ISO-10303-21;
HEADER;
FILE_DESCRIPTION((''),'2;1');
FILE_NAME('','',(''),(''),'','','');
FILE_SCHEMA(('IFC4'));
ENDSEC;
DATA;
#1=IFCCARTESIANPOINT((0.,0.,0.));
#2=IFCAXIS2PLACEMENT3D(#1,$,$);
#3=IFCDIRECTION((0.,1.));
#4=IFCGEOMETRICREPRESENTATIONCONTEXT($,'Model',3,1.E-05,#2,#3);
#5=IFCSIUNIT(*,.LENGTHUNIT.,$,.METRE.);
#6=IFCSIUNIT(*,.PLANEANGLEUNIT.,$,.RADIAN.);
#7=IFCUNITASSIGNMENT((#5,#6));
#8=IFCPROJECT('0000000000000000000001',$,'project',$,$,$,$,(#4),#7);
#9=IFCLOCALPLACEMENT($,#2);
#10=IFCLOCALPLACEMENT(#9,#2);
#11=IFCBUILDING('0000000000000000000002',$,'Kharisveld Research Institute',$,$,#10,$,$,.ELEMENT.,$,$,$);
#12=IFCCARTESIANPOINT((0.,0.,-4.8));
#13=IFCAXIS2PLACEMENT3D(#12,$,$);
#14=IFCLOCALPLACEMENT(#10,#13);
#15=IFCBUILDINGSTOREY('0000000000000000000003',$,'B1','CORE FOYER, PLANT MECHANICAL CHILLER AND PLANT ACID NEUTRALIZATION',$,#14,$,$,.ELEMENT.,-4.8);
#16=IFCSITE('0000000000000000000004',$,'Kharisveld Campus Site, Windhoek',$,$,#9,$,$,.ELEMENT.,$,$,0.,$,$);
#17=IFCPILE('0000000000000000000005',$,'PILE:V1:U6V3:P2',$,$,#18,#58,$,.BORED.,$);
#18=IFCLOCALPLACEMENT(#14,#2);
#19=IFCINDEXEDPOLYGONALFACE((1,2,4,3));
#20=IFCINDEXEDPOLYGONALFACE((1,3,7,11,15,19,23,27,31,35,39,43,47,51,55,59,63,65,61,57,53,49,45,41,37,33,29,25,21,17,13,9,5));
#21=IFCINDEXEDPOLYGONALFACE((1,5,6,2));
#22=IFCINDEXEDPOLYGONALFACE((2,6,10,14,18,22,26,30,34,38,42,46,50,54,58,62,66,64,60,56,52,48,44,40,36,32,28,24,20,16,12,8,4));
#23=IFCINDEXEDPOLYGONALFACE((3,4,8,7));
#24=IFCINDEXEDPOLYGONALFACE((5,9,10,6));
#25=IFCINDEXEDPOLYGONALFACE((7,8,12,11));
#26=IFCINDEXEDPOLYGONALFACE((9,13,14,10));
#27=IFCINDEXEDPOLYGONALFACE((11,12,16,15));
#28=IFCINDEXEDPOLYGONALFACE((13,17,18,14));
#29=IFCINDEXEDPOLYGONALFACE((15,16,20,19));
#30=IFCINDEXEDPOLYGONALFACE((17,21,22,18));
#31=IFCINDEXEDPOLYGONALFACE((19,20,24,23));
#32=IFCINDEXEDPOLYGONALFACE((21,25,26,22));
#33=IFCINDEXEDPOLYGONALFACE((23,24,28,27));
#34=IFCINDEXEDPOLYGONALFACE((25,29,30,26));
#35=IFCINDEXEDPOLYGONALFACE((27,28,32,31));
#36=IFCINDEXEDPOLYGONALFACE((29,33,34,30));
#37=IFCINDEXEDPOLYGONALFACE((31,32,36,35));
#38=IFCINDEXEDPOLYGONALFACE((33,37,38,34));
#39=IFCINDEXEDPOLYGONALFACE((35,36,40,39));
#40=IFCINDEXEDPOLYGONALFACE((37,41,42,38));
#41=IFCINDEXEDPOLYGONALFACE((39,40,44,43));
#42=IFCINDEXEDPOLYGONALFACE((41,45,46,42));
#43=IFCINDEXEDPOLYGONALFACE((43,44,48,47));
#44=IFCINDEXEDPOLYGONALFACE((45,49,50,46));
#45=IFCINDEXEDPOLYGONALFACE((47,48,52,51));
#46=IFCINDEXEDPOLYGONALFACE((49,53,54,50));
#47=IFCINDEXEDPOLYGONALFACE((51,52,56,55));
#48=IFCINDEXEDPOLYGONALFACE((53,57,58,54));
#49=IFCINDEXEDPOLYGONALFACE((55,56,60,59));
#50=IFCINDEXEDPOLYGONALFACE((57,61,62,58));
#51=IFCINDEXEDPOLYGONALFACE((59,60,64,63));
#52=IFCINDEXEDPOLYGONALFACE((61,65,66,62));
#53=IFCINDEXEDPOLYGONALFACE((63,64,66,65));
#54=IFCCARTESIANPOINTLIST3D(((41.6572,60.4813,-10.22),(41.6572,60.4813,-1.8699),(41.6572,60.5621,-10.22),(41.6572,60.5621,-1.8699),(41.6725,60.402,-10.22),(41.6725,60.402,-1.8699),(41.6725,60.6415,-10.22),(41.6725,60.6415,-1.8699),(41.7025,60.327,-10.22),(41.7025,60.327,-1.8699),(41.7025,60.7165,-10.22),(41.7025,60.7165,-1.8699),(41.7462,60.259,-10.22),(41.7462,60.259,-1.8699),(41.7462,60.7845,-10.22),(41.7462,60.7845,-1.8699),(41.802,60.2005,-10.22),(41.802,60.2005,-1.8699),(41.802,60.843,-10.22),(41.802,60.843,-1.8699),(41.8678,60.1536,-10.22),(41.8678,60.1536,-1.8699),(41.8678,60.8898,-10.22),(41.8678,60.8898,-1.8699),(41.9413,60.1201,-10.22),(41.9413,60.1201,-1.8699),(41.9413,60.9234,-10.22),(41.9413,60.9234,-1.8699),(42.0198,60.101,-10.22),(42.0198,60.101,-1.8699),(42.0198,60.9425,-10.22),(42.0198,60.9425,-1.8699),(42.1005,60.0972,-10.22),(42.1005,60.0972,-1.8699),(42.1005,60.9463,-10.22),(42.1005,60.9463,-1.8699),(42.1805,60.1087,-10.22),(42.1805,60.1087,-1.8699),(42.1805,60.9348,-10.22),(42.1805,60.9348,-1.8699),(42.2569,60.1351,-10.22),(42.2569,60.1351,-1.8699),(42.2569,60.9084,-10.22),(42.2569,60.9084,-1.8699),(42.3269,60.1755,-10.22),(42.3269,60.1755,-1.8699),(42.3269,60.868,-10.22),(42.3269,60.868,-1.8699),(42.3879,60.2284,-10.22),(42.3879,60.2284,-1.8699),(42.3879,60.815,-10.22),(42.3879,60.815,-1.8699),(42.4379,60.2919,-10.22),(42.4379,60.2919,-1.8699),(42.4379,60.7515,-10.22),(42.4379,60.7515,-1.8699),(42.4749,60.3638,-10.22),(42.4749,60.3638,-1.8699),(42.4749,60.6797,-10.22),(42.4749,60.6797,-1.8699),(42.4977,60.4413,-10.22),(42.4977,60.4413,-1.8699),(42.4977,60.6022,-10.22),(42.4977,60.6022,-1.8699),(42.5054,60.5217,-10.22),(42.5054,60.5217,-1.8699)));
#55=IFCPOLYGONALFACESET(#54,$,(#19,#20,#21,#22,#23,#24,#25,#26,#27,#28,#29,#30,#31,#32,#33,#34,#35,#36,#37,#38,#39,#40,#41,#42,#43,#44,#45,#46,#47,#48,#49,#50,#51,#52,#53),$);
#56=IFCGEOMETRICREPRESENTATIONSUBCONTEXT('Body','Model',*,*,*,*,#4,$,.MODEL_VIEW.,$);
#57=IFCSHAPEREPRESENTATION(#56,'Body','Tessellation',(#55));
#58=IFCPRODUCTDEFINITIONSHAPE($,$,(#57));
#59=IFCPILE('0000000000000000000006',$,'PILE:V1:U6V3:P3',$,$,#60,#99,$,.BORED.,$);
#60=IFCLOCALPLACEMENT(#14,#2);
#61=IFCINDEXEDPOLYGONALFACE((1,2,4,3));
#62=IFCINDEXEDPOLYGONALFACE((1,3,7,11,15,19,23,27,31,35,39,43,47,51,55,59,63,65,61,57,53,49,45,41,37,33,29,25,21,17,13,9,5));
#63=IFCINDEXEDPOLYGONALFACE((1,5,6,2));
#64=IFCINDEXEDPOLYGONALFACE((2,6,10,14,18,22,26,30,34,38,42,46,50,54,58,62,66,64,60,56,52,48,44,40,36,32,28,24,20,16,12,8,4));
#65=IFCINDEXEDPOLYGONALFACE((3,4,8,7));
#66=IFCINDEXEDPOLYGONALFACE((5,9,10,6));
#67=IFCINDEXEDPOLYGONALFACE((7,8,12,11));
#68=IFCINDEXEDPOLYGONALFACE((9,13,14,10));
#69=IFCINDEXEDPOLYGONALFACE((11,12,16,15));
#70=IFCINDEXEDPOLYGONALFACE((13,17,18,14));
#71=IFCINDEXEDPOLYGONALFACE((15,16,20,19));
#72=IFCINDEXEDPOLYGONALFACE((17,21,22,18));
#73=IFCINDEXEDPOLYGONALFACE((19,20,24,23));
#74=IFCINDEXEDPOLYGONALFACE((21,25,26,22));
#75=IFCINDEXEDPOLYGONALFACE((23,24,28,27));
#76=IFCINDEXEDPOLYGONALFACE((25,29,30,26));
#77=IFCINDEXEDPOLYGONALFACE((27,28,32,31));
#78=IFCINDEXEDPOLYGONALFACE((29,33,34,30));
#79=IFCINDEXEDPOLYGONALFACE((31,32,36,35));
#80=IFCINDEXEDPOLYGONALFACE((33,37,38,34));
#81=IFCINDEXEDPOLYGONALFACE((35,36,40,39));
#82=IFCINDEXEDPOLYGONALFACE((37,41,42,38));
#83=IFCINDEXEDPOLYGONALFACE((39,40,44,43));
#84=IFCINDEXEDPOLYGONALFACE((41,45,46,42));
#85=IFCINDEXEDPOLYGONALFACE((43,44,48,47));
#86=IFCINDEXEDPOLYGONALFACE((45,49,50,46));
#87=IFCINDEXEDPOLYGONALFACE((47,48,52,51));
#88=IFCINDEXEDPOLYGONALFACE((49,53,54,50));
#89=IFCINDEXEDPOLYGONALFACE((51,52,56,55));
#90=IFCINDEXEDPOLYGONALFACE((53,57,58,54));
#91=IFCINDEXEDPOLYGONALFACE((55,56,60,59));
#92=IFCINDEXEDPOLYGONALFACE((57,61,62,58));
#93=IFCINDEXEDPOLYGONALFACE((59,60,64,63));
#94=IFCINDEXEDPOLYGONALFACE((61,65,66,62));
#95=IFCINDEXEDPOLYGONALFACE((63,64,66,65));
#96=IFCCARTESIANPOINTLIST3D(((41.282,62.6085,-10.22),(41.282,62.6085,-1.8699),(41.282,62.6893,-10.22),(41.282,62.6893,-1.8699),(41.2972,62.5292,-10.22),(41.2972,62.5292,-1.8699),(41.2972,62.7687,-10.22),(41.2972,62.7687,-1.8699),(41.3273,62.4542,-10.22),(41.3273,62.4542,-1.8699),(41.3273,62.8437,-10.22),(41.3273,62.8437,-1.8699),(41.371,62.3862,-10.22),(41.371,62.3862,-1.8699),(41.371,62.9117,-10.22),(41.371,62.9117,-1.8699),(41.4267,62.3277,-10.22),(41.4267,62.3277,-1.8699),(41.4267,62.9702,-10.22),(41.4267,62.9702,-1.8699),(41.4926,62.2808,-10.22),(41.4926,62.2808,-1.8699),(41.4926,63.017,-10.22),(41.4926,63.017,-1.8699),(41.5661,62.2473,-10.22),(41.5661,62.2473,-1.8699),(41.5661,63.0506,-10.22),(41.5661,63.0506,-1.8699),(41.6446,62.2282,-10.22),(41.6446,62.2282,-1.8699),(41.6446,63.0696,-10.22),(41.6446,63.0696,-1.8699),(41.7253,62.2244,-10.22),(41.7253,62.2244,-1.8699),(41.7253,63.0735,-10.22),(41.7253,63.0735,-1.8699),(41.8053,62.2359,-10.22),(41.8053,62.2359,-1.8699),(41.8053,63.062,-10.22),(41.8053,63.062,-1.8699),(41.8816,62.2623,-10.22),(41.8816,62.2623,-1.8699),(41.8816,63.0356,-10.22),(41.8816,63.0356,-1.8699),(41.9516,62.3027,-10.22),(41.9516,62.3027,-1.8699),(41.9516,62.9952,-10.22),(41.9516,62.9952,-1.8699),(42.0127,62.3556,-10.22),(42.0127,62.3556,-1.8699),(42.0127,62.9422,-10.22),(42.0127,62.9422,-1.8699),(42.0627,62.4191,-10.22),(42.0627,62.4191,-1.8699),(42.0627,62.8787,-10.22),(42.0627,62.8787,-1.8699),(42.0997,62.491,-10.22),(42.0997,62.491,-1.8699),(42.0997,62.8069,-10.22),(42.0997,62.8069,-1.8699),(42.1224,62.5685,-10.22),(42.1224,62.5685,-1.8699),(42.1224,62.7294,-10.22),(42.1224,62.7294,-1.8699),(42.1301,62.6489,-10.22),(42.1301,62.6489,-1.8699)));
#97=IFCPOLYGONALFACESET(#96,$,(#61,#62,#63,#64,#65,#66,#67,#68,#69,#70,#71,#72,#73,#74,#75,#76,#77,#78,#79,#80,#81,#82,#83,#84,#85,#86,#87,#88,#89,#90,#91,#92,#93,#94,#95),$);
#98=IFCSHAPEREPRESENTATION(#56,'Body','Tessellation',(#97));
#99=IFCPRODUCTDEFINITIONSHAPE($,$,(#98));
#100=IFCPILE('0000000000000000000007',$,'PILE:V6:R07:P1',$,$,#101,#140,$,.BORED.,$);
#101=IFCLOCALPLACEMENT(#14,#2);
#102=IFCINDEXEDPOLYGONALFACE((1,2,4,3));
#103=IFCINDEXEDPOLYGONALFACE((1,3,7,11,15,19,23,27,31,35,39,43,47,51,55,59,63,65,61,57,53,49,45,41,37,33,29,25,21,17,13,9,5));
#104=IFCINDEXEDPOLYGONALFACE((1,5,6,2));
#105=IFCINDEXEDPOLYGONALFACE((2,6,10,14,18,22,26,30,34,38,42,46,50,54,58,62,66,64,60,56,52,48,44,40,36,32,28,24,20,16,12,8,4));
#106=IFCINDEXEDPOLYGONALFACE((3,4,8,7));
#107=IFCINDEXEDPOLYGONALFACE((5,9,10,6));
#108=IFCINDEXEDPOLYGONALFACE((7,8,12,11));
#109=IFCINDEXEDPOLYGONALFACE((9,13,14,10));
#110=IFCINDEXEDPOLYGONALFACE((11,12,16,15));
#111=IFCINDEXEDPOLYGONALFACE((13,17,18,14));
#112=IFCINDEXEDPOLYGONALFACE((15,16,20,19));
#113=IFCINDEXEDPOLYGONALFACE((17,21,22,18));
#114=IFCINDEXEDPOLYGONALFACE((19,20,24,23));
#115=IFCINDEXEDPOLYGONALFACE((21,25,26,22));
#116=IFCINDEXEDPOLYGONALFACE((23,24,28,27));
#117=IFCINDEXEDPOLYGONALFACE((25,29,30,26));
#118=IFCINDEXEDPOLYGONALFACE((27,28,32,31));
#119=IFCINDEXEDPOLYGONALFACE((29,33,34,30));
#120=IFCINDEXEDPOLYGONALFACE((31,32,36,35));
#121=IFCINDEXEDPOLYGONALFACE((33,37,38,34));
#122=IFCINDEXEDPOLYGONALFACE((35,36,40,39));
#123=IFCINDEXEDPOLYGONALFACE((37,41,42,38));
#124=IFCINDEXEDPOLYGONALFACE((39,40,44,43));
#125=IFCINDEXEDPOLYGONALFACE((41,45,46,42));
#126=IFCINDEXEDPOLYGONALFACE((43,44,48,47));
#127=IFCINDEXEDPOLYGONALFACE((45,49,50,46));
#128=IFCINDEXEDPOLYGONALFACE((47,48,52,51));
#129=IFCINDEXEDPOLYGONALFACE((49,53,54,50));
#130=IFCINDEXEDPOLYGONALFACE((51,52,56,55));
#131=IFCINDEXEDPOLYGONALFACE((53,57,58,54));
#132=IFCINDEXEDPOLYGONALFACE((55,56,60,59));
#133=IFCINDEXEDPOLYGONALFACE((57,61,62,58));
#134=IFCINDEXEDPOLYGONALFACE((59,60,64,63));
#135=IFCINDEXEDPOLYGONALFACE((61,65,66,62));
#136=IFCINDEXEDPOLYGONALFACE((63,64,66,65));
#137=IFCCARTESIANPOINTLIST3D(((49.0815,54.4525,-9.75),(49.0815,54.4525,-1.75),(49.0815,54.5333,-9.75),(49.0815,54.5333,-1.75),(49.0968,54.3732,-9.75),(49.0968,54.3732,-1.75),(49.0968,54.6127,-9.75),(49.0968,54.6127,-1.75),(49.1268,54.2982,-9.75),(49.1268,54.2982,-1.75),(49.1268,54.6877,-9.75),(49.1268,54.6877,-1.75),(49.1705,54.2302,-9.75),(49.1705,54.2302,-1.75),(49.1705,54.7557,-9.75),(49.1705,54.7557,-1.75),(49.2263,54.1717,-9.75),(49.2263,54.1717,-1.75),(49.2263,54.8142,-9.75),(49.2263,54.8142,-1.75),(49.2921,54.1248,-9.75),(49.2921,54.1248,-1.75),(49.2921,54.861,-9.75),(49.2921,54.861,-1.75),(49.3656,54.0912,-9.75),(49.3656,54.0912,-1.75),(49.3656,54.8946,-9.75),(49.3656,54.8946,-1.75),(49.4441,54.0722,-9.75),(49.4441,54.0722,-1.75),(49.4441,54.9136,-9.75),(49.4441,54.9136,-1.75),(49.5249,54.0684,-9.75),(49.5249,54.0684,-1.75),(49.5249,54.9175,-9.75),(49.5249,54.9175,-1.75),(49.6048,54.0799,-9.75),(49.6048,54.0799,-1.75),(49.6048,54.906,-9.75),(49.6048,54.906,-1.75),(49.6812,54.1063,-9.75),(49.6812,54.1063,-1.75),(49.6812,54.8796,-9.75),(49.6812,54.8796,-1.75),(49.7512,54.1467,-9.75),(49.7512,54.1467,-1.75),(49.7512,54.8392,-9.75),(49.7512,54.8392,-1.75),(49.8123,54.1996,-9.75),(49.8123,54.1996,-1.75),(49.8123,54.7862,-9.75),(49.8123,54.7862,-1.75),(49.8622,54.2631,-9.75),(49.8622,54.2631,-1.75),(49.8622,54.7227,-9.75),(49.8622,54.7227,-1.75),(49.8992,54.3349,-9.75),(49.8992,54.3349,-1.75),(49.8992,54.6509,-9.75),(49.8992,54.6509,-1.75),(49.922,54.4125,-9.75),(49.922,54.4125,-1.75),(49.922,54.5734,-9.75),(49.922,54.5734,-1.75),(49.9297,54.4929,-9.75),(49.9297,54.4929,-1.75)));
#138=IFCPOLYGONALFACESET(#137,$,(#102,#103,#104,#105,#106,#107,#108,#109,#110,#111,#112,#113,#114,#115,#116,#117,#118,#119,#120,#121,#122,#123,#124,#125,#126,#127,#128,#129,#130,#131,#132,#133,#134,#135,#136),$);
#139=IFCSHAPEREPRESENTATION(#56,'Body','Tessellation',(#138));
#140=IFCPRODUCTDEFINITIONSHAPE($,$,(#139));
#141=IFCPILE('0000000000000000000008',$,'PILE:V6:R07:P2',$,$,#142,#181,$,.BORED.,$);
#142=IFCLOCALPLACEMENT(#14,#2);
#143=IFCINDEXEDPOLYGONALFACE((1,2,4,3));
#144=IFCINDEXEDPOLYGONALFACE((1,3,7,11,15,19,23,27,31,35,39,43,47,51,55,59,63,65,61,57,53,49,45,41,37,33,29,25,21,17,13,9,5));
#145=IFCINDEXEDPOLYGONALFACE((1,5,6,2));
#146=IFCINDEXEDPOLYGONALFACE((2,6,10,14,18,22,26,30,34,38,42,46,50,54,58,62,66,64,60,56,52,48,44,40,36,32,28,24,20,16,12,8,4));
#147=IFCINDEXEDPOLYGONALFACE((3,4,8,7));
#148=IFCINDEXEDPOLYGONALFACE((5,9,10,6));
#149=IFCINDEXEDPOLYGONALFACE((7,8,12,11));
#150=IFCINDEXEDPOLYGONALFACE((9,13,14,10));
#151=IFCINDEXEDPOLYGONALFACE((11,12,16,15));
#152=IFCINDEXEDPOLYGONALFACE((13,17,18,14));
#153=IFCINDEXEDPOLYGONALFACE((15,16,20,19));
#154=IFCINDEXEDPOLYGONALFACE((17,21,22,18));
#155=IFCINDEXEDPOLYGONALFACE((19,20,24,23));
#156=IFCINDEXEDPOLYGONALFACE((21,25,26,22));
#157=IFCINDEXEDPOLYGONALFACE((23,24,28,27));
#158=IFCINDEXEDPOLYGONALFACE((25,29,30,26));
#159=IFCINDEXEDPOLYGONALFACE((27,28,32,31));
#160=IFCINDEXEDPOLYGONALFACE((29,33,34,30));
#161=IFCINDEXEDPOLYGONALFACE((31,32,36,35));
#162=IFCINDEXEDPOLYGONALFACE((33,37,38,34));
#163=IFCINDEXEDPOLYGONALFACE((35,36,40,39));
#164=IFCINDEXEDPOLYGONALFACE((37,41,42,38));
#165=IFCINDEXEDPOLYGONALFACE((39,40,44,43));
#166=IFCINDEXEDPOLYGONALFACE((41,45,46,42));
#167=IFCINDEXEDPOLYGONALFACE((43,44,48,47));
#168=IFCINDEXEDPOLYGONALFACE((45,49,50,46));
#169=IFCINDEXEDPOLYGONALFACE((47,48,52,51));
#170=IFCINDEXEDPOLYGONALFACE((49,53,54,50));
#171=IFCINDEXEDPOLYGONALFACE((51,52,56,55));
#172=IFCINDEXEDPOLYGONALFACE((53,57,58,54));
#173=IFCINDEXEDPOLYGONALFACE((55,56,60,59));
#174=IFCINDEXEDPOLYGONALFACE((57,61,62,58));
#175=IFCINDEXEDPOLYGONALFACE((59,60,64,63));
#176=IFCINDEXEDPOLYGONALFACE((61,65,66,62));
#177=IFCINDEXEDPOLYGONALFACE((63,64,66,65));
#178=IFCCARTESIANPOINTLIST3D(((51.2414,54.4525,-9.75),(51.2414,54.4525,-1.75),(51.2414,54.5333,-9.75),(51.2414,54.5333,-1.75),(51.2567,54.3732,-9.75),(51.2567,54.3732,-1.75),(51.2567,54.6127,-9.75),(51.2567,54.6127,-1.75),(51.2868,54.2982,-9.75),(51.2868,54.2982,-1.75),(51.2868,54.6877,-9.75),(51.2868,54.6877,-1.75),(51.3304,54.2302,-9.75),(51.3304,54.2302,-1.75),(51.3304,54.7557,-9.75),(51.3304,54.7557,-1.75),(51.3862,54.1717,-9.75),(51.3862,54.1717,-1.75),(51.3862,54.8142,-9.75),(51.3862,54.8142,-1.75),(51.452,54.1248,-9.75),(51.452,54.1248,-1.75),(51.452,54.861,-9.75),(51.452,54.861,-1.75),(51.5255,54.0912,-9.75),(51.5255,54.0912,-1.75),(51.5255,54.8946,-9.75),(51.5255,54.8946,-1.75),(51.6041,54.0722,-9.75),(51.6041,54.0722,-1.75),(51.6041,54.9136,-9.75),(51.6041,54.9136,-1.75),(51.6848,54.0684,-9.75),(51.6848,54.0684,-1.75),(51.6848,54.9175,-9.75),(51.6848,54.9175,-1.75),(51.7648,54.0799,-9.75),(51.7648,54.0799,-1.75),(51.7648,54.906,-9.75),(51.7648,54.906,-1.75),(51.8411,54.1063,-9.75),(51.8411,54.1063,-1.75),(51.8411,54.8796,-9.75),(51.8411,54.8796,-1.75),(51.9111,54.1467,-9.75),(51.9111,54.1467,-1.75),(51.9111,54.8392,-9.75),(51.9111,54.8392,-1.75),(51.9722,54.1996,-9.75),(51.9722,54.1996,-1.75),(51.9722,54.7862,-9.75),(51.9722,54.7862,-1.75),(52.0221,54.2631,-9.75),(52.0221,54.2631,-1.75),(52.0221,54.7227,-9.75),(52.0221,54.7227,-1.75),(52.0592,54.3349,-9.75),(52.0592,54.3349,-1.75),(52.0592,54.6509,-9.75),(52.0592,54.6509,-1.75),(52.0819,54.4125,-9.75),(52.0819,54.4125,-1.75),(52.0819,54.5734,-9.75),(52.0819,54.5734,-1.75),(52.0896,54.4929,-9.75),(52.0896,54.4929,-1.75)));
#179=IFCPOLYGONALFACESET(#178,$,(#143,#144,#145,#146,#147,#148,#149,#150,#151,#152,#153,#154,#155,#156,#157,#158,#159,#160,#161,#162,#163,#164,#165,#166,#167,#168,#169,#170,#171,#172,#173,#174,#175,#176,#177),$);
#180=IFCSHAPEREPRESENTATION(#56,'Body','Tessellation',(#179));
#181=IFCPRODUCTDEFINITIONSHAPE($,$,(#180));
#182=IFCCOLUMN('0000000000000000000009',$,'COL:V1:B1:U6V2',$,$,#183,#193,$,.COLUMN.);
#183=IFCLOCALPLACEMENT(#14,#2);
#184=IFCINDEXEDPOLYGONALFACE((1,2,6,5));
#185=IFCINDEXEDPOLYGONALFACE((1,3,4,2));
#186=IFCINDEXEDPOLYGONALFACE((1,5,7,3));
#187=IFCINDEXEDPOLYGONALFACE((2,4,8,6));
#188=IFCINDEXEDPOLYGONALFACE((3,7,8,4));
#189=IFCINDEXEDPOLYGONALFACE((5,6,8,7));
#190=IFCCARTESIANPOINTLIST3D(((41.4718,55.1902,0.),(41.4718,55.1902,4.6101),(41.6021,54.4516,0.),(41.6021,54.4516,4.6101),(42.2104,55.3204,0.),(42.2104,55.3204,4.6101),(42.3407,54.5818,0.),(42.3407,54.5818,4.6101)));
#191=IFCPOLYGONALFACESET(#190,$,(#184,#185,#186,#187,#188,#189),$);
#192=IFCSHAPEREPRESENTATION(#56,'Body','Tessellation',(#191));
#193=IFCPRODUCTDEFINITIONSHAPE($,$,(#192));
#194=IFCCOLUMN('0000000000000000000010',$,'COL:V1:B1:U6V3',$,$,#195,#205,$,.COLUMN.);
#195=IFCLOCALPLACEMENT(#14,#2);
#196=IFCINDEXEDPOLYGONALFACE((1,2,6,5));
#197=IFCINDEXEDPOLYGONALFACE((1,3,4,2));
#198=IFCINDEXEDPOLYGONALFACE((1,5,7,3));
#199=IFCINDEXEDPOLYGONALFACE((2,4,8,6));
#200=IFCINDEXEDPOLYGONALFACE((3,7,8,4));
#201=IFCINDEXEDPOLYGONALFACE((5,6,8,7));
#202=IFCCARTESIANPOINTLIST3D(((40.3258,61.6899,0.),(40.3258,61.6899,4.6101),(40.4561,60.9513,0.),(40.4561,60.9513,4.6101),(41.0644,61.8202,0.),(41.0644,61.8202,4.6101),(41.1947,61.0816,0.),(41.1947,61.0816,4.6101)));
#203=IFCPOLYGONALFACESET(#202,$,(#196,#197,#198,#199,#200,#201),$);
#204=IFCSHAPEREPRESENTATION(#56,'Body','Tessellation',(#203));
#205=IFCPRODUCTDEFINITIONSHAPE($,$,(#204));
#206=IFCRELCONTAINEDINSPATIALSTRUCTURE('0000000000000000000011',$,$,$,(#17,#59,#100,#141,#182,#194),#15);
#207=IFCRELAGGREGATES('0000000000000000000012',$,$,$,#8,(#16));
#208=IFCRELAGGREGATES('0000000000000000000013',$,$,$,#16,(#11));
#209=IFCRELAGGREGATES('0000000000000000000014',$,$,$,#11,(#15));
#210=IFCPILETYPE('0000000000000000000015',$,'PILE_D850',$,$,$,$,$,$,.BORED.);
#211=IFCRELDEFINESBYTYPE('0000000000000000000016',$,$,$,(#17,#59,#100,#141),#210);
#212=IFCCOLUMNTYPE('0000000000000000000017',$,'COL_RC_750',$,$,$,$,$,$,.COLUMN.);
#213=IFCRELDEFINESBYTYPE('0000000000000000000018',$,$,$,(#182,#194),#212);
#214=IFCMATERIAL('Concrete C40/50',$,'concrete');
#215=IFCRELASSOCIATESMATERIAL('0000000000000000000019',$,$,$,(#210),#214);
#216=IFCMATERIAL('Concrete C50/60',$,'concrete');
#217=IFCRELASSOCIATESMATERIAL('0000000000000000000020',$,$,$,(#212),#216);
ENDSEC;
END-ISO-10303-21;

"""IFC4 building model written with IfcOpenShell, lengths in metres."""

from ifc_helpers import new_model, si_unit, direction, frame, origin, origin_2d, place, context, subcontext, project, spatial, rectangle, circle, extrude, material, material_profile, profile_set, type_object, element, save


model = new_model("IFC4")

# Units and contexts
model_context = context("Model", 3, precision=1e-05, world=origin(), true_north=direction((0.0, 1.0)))
body_context = subcontext(model_context, "Body", "Model", "MODEL_VIEW")
ifc_project = project(units=[si_unit("LENGTHUNIT", "METRE"), si_unit("PLANEANGLEUNIT", "RADIAN")], contexts=[model_context])

# Site, building, storey
site_placement = place(None, origin())
site = spatial("IfcSite", under=ifc_project, at=site_placement, Name="Kharisveld Campus Site, Windhoek", CompositionType="ELEMENT", RefElevation=0.0)
building_placement = place(site_placement, origin())
building = spatial("IfcBuilding", under=site, at=building_placement, Name="Kharisveld Research Institute", CompositionType="ELEMENT")
storey_placement = place(building_placement, frame((0.0, 0.0, -4.8)))
storey = spatial("IfcBuildingStorey", under=building, at=storey_placement, Name="B1", Description="CORE FOYER, PLANT MECHANICAL CHILLER AND PLANT ACID NEUTRALIZATION", CompositionType="ELEMENT", Elevation=-4.8)

# Piles
ifc_material_1 = material(Name="Concrete C40/50", Category="concrete")
ifc_material_profile_1 = material_profile(ifc_material_1, circle(Radius=0.425, at=origin_2d()))
ifc_profile_set_1 = profile_set([ifc_material_profile_1], Name="Concrete C40/50")
pile_type_1 = type_object("IfcPileType", Name="PILE_D850", PredefinedType="BORED", material=ifc_profile_set_1)
for number, where, z_axis, x_axis, name in (
    (1, (42.0803, 60.5217, -1.8699), (0.0, 0.0, -1.0), (1.0, 0.0, 0.0), "PILE:V1:U6V3:P2"),
    (2, (41.7051, 62.6489, -1.8699), (0.0, 0.0, -1.0), (1.0, 0.0, 0.0), "PILE:V1:U6V3:P3"),
):
    element("IfcPile", number, at=place(storey_placement, frame(where, z_axis=z_axis, x_axis=x_axis)), inside=storey, type_object=pile_type_1, Name=name, PredefinedType="BORED", context=body_context, shape_type="SweptSolid", body=[
        extrude(circle(Radius=0.425, at=origin_2d()), origin(), (0.0, 0.0, 1.0), 8.3501),
    ])
for number, where, z_axis, x_axis, name in (
    (3, (49.5046, 54.4929, -1.75), (0.0, 0.0, -1.0), (1.0, 0.0, 0.0), "PILE:V6:R07:P1"),
    (4, (51.6646, 54.4929, -1.75), (0.0, 0.0, -1.0), (1.0, 0.0, 0.0), "PILE:V6:R07:P2"),
):
    element("IfcPile", number, at=place(storey_placement, frame(where, z_axis=z_axis, x_axis=x_axis)), inside=storey, type_object=pile_type_1, Name=name, PredefinedType="BORED", context=body_context, shape_type="SweptSolid", body=[
        extrude(circle(Radius=0.425, at=origin_2d()), origin(), (0.0, 0.0, 1.0), 8.0),
    ])

# Columns
ifc_material_2 = material(Name="Concrete C50/60", Category="concrete")
ifc_material_profile_2 = material_profile(ifc_material_2, rectangle(XDim=0.75, YDim=0.75, at=origin_2d()))
ifc_profile_set_2 = profile_set([ifc_material_profile_2], Name="Concrete C50/60")
column_type_1 = type_object("IfcColumnType", Name="COL_RC_750", PredefinedType="COLUMN", material=ifc_profile_set_2)
for number, where, z_axis, x_axis, name in (
    (5, (41.9062, 54.886, 0.0), (0.0, 0.0, 1.0), (0.984808, 0.173648, 0.0), "COL:V1:B1:U6V2"),
    (6, (40.7603, 61.3857, 0.0), (0.0, 0.0, 1.0), (0.984808, 0.173648, 0.0), "COL:V1:B1:U6V3"),
):
    element("IfcColumn", number, at=place(storey_placement, frame(where, z_axis=z_axis, x_axis=x_axis)), inside=storey, type_object=column_type_1, Name=name, PredefinedType="COLUMN", context=body_context, shape_type="SweptSolid", body=[
        extrude(rectangle(XDim=0.75, YDim=0.75, at=origin_2d()), origin(), (0.0, 0.0, 1.0), 4.6101),
    ])

save(model, "model.ifc")
